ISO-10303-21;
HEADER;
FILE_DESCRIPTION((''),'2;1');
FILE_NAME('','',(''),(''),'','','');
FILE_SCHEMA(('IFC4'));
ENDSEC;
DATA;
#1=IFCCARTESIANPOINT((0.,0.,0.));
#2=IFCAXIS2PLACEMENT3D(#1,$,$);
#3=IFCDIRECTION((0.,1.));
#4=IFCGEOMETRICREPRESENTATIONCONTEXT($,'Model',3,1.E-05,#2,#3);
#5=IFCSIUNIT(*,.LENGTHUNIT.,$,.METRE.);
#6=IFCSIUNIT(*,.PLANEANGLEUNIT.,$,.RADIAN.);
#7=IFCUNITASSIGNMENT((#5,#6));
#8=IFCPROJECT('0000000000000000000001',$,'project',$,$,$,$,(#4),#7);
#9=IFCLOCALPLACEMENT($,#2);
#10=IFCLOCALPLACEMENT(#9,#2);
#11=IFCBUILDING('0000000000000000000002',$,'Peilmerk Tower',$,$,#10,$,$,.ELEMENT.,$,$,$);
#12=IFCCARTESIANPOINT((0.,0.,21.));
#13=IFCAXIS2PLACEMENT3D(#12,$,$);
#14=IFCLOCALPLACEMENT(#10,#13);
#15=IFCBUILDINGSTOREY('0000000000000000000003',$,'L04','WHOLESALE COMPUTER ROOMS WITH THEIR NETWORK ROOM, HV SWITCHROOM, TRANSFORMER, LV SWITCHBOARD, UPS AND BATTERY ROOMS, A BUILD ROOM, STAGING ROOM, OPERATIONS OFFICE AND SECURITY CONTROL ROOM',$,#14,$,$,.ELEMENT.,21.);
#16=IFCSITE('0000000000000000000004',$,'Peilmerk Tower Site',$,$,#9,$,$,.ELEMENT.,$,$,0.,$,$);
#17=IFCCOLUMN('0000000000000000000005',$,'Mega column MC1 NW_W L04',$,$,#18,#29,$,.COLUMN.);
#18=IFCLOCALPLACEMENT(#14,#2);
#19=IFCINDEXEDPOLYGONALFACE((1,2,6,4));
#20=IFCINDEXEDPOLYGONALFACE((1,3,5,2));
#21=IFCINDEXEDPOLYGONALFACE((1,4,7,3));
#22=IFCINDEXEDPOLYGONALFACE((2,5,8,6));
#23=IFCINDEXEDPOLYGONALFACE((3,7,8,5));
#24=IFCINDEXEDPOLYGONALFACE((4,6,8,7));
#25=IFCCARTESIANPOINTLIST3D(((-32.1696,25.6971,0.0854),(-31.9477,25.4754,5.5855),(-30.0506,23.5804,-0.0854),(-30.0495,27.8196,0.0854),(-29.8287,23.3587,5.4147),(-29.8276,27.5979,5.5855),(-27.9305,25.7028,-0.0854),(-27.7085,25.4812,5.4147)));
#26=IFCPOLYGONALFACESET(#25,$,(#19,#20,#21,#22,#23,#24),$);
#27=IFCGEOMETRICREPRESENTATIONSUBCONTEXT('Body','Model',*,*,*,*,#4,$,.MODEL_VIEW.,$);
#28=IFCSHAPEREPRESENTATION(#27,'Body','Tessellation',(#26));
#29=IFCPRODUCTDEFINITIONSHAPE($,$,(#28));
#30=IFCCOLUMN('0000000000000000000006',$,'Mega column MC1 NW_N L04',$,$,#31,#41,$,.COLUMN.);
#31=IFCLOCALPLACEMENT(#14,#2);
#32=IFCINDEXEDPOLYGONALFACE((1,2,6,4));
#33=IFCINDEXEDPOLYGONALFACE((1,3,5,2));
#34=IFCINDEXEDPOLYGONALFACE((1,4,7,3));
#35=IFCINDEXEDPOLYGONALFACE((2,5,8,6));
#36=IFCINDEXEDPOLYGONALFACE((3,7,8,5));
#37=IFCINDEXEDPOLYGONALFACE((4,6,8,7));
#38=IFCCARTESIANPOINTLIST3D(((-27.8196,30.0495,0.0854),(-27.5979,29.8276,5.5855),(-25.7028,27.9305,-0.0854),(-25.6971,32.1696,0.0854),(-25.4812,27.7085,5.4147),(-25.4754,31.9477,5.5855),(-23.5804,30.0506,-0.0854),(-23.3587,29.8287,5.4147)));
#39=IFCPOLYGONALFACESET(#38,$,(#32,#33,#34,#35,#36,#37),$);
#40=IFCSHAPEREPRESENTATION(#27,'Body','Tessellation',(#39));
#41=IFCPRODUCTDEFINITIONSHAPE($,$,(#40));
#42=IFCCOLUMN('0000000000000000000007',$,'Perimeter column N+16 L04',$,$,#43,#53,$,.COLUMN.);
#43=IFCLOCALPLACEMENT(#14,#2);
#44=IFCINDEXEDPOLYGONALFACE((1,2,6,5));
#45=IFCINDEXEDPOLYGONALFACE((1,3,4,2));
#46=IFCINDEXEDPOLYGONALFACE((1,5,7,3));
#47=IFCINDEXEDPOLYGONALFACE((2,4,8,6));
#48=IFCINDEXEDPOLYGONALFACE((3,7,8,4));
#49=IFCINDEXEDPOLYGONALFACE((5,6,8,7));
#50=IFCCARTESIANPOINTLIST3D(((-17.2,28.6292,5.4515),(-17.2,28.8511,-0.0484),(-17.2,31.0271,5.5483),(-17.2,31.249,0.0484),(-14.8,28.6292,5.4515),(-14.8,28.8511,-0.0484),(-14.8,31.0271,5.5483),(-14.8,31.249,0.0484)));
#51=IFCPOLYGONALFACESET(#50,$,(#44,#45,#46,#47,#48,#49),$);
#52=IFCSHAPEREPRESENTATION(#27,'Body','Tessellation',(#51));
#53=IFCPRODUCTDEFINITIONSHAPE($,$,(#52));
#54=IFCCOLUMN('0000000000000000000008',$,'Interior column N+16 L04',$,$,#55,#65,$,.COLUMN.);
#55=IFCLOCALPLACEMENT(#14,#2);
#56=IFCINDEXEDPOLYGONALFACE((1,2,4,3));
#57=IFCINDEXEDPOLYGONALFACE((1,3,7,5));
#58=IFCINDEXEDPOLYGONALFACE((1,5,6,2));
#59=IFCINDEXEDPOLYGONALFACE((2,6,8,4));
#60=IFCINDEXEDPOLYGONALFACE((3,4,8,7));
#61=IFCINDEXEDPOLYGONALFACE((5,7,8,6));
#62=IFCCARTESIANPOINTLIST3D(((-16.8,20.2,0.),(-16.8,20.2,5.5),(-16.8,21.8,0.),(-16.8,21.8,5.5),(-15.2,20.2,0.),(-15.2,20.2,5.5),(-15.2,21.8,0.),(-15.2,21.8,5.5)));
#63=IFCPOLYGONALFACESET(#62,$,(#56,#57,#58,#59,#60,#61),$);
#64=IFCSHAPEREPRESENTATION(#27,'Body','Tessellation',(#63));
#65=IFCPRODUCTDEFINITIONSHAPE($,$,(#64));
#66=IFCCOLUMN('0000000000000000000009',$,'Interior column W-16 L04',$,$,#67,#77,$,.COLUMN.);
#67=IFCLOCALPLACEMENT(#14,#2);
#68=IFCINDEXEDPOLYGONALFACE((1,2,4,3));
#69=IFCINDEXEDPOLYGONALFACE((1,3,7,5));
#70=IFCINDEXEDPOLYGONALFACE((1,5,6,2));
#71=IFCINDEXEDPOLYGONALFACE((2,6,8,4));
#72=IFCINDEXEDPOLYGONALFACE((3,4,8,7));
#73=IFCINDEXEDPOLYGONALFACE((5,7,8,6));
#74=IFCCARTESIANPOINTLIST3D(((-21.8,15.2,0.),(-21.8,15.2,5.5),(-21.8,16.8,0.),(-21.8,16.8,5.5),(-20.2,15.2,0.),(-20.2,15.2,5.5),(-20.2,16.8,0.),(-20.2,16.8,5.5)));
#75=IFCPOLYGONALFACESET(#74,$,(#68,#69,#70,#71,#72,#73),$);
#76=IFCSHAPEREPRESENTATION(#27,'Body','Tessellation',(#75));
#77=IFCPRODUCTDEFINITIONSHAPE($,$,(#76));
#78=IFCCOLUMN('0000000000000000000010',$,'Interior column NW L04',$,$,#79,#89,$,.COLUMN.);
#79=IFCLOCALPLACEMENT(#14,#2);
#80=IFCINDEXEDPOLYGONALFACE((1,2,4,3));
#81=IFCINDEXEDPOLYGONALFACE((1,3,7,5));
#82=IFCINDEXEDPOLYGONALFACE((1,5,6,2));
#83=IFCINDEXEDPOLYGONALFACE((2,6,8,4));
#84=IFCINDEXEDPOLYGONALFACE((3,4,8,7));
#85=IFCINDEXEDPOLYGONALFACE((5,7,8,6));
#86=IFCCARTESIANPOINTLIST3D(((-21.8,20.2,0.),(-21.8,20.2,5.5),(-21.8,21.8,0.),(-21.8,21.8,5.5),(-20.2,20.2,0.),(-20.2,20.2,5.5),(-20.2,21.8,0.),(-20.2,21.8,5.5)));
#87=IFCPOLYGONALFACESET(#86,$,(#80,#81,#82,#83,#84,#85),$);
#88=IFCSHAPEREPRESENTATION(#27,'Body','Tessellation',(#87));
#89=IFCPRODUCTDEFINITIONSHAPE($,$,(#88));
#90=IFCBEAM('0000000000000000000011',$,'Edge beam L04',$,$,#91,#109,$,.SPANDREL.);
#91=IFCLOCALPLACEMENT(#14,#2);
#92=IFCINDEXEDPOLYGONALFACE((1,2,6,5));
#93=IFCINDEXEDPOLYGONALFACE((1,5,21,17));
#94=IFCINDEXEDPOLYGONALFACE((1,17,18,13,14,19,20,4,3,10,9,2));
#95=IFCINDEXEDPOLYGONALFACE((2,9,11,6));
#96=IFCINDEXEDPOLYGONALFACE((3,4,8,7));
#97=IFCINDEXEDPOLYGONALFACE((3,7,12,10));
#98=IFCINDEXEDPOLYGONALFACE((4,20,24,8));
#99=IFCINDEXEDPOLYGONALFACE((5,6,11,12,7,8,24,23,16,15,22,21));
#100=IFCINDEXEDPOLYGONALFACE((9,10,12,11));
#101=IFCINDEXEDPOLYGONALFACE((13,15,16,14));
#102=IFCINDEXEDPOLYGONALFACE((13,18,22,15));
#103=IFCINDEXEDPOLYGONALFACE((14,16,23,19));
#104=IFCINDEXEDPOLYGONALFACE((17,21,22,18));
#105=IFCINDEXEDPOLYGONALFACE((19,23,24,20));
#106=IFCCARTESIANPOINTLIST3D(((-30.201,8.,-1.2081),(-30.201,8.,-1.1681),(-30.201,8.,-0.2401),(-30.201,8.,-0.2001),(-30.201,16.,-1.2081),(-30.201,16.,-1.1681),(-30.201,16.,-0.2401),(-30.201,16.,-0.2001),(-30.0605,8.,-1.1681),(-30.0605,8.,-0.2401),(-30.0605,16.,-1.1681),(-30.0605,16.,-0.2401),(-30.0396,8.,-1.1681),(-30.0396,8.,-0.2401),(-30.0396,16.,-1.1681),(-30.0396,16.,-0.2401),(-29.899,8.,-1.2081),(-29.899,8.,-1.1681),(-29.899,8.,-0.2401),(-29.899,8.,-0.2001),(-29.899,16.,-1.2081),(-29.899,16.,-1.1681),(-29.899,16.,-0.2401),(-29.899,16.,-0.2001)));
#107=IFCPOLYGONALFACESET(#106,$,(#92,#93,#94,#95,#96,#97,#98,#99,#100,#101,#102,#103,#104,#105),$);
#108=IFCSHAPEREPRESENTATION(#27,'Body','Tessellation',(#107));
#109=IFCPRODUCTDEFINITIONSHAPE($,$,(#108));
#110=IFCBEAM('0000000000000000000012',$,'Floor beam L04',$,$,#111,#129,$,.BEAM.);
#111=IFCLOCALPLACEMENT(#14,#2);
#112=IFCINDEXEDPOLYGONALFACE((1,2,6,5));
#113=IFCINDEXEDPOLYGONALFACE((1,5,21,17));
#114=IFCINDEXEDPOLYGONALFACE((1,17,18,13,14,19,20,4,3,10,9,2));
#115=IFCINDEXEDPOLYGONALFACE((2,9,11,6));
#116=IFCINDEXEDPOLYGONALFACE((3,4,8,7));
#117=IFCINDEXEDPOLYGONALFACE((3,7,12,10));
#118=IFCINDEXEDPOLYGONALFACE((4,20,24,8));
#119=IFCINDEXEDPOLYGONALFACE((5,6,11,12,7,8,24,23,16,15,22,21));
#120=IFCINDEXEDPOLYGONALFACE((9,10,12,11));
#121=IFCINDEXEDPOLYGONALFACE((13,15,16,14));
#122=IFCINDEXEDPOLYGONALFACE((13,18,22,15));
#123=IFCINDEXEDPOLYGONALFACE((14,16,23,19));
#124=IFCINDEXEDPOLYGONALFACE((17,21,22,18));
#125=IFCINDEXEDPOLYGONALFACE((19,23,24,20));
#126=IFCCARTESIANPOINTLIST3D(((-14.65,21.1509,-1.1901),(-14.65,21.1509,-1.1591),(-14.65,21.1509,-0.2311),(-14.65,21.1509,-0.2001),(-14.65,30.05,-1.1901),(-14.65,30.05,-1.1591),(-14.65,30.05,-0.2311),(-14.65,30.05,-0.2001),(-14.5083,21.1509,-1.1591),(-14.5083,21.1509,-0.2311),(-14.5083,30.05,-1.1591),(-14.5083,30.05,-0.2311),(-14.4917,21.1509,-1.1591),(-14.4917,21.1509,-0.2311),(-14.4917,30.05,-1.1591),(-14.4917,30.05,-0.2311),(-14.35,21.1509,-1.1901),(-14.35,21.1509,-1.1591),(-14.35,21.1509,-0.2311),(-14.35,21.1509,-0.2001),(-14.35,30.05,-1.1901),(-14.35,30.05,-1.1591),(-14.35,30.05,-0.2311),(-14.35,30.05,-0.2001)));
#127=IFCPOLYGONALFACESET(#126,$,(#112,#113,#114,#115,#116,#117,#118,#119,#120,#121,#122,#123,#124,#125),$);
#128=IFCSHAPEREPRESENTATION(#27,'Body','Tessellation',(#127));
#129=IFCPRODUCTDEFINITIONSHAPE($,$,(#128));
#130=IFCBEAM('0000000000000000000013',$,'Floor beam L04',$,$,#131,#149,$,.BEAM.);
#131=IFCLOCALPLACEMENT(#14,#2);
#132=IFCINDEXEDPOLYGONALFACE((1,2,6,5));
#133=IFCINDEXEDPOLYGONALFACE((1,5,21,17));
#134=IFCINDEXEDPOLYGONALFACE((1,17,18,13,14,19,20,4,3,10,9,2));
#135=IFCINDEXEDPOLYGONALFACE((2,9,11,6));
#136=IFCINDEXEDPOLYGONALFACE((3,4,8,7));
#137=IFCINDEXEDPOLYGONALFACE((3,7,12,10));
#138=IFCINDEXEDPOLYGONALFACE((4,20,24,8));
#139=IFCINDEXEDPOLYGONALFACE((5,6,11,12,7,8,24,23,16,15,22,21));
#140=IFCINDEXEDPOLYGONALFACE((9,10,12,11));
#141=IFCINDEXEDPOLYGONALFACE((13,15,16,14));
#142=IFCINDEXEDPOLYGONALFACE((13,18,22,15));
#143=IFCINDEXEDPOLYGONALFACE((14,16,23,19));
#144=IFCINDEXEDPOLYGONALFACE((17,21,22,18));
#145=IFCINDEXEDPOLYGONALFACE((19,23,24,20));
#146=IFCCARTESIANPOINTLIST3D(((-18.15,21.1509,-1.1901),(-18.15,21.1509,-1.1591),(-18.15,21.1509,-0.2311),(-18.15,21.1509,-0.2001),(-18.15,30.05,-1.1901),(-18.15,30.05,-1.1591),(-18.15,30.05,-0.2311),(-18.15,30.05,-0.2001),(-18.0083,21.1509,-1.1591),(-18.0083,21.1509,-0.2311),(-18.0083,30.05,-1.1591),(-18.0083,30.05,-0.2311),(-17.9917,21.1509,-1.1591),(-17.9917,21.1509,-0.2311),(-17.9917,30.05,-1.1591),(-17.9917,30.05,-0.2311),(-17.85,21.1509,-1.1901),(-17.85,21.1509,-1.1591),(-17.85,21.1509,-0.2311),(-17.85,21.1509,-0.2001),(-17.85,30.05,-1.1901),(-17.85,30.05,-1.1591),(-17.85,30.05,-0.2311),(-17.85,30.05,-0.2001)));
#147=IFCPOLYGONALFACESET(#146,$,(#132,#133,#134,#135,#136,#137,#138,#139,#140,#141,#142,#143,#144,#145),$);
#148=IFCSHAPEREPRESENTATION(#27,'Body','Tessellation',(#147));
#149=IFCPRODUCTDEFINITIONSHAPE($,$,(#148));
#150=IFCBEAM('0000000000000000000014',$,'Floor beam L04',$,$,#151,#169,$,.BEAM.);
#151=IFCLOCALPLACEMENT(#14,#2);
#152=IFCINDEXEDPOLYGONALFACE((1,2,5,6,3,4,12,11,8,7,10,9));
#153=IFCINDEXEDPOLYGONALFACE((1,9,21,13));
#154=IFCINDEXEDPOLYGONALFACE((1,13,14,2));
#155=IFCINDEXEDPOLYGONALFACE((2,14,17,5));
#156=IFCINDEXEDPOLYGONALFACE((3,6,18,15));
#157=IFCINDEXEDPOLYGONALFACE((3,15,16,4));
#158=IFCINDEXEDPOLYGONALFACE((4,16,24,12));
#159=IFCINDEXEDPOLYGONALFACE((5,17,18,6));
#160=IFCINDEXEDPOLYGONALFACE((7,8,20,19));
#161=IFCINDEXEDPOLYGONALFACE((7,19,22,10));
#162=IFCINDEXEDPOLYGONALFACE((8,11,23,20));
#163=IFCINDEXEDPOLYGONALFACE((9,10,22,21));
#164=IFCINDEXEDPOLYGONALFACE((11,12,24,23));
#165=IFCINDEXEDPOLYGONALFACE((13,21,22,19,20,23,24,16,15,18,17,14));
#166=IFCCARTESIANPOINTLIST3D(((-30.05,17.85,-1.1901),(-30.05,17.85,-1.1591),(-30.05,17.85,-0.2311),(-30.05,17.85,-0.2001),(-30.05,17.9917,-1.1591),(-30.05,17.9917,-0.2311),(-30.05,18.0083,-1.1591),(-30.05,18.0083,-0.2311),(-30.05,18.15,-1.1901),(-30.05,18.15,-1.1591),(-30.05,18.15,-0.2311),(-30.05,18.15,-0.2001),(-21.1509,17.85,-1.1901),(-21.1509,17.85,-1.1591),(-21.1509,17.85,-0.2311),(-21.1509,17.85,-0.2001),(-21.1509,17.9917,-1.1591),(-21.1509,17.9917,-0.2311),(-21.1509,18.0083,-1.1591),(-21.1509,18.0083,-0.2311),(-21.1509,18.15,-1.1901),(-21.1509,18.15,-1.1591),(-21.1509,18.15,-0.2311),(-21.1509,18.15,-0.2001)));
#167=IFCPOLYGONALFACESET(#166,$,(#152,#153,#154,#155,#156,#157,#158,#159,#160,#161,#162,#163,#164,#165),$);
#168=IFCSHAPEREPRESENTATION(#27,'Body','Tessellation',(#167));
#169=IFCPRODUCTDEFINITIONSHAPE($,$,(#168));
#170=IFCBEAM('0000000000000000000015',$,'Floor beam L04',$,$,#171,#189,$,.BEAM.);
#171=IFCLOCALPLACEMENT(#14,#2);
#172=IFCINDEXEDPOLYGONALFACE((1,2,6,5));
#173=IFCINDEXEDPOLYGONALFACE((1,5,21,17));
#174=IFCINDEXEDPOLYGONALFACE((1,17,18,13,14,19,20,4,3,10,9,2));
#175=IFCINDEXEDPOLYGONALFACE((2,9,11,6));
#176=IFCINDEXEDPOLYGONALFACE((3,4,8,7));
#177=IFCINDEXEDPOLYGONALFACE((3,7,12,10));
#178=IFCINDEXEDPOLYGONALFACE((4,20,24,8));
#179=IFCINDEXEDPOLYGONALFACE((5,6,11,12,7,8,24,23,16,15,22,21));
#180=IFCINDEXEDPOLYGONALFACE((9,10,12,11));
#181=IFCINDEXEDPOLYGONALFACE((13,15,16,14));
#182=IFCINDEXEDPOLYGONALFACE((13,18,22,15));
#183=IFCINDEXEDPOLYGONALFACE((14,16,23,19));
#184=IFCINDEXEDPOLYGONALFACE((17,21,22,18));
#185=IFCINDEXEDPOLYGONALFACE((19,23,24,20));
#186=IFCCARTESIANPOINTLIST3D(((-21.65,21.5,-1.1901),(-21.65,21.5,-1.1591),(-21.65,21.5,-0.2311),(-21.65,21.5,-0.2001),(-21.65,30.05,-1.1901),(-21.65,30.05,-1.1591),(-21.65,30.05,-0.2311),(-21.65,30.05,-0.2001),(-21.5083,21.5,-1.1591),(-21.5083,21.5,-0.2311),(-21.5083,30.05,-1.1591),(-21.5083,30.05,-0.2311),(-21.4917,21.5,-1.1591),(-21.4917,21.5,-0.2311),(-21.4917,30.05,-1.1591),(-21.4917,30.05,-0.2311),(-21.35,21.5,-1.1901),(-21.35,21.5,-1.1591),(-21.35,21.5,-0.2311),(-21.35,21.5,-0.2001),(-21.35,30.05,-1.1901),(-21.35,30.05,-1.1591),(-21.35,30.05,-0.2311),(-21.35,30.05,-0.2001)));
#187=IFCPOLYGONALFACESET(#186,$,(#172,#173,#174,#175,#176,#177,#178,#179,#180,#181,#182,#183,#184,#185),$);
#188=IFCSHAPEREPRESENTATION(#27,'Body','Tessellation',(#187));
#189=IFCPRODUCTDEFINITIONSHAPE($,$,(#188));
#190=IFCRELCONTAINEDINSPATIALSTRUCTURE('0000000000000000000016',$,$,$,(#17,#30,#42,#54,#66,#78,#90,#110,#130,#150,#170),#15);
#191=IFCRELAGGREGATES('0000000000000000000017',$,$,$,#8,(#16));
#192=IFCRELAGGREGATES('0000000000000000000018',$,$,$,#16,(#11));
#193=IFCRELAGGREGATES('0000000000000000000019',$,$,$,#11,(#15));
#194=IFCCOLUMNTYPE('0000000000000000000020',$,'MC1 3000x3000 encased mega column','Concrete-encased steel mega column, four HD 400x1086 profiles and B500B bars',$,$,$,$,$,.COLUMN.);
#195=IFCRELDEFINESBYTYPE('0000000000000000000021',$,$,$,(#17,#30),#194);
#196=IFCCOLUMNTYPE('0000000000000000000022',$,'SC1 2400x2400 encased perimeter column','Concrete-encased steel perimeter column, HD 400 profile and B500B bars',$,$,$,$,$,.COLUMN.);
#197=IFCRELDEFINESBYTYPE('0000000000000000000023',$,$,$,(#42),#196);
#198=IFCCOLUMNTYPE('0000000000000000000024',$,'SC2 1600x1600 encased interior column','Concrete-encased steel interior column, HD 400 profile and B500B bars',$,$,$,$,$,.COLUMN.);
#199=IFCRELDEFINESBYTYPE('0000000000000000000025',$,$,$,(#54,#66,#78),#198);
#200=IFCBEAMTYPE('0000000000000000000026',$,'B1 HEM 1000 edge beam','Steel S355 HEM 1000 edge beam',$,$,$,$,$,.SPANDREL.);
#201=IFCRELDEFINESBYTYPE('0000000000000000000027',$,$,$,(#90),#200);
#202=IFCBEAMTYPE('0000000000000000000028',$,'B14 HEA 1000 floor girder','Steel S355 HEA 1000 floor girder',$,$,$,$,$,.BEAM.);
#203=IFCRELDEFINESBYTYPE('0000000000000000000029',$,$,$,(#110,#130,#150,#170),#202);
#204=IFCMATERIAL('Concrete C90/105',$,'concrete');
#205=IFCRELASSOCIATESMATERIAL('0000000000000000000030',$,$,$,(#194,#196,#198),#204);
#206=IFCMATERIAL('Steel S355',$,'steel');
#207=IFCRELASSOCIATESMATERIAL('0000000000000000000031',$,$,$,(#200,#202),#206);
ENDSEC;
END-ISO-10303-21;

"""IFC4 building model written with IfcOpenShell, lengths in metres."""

from ifc_helpers import new_model, si_unit, direction, frame, origin, origin_2d, place, context, subcontext, project, spatial, rectangle, i_section, extrude, material, material_profile, profile_set, type_object, element, save


model = new_model("IFC4")

# Units and contexts
model_context = context("Model", 3, precision=1e-05, world=origin(), true_north=direction((0.0, 1.0)))
body_context = subcontext(model_context, "Body", "Model", "MODEL_VIEW")
ifc_project = project(units=[si_unit("LENGTHUNIT", "METRE"), si_unit("PLANEANGLEUNIT", "RADIAN")], contexts=[model_context])

# Site, building, storey
site_placement = place(None, origin())
site = spatial("IfcSite", under=ifc_project, at=site_placement, Name="Peilmerk Tower Site", CompositionType="ELEMENT", RefElevation=0.0)
building_placement = place(site_placement, origin())
building = spatial("IfcBuilding", under=site, at=building_placement, Name="Peilmerk Tower", CompositionType="ELEMENT")
storey_placement = place(building_placement, frame((0.0, 0.0, 21.0)))
storey = spatial("IfcBuildingStorey", under=building, at=storey_placement, Name="L04", Description="WHOLESALE COMPUTER ROOMS WITH THEIR NETWORK ROOM, HV SWITCHROOM, TRANSFORMER, LV SWITCHBOARD, UPS AND BATTERY ROOMS, A BUILD ROOM, STAGING ROOM, OPERATIONS OFFICE AND SECURITY CONTROL ROOM", CompositionType="ELEMENT", Elevation=21.0)

# Columns
ifc_material_1 = material(Name="Concrete C90/105", Category="concrete")
ifc_material_profile_1 = material_profile(ifc_material_1, rectangle(XDim=3.0, YDim=3.0, at=origin_2d()), Name="RC 3000x3000")
ifc_profile_set_1 = profile_set([ifc_material_profile_1], Name="Concrete C90/105")
column_type_1 = type_object("IfcColumnType", Name="MC1 3000x3000 encased mega column", Description="Concrete-encased steel mega column, four HD 400x1086 profiles and B500B bars", PredefinedType="COLUMN", material=ifc_profile_set_1)
for number, where, z_axis, x_axis, name in (
    (1, (-30.05, 25.7, 0.0), (0.040284, -0.04024, 0.998378), (0.706718, 0.707496, 0.0), "Mega column MC1 NW_W L04"),
    (2, (-25.7, 30.05, 0.0), (0.04024, -0.040284, 0.998378), (0.707496, 0.706718, 0.0), "Mega column MC1 NW_N L04"),
):
    element("IfcColumn", number, at=place(storey_placement, frame(where, z_axis=z_axis, x_axis=x_axis)), inside=storey, type_object=column_type_1, Name=name, PredefinedType="COLUMN", context=body_context, shape_type="SweptSolid", body=[
        extrude(rectangle(XDim=3.0, YDim=3.0, at=origin_2d()), origin(), (0.0, 0.0, 1.0), 5.509),
    ])
ifc_material_profile_2 = material_profile(ifc_material_1, rectangle(XDim=2.3999, YDim=2.3999, at=origin_2d()), Name="RC 2400x2400")
ifc_profile_set_2 = profile_set([ifc_material_profile_2], Name="Concrete C90/105")
column_type_2 = type_object("IfcColumnType", Name="SC1 2400x2400 encased perimeter column", Description="Concrete-encased steel perimeter column, HD 400 profile and B500B bars", PredefinedType="COLUMN", material=ifc_profile_set_2)
column_placement = place(storey_placement, frame((-16.0, 30.05, 0.0), z_axis=(0.0, -0.040317, 0.999187), x_axis=(1.0, 0.0, 0.0)))
element("IfcColumn", 3, at=column_placement, inside=storey, type_object=column_type_2, Name="Perimeter column N+16 L04", PredefinedType="COLUMN", context=body_context, shape_type="SweptSolid", body=[
    extrude(rectangle(XDim=2.3999, YDim=2.3999, at=origin_2d()), origin(), (0.0, 0.0, 1.0), 5.5044),
])
ifc_material_profile_3 = material_profile(ifc_material_1, rectangle(XDim=1.6001, YDim=1.6001, at=origin_2d()), Name="RC 1600x1600")
ifc_profile_set_3 = profile_set([ifc_material_profile_3], Name="Concrete C90/105")
column_type_3 = type_object("IfcColumnType", Name="SC2 1600x1600 encased interior column", Description="Concrete-encased steel interior column, HD 400 profile and B500B bars", PredefinedType="COLUMN", material=ifc_profile_set_3)
for number, where, z_axis, x_axis, name in (
    (4, (-16.0, 21.0, 0.0), (0.0, 0.0, 1.0), (1.0, 0.0, 0.0), "Interior column N+16 L04"),
    (5, (-21.0, 16.0, 0.0), (0.0, 0.0, 1.0), (1.0, 0.0, 0.0), "Interior column W-16 L04"),
    (6, (-21.0, 21.0, 0.0), (0.0, 0.0, 1.0), (1.0, 0.0, 0.0), "Interior column NW L04"),
):
    element("IfcColumn", number, at=place(storey_placement, frame(where, z_axis=z_axis, x_axis=x_axis)), inside=storey, type_object=column_type_3, Name=name, PredefinedType="COLUMN", context=body_context, shape_type="SweptSolid", body=[
        extrude(rectangle(XDim=1.6001, YDim=1.6001, at=origin_2d()), origin(), (0.0, 0.0, 1.0), 5.5),
    ])

# Beams
ifc_material_2 = material(Name="Steel S355", Category="steel")
ifc_material_profile_4 = material_profile(ifc_material_2, i_section(OverallWidth=0.302, OverallDepth=1.0081, WebThickness=0.021, FlangeThickness=0.04, at=origin_2d()), Name="HEM 1000")
ifc_profile_set_4 = profile_set([ifc_material_profile_4], Name="Steel S355")
beam_type_1 = type_object("IfcBeamType", Name="B1 HEM 1000 edge beam", Description="Steel S355 HEM 1000 edge beam", PredefinedType="SPANDREL", material=ifc_profile_set_4)
beam_1_placement = place(storey_placement, frame((-30.05, 16.0, -0.7041), z_axis=(0.0, -1.0, 0.0), x_axis=(1.0, 0.0, 0.0)))
element("IfcBeam", 7, at=beam_1_placement, inside=storey, type_object=beam_type_1, Name="Edge beam L04", PredefinedType="SPANDREL", context=body_context, shape_type="SweptSolid", body=[
    extrude(i_section(OverallWidth=0.302, OverallDepth=1.0081, WebThickness=0.021, FlangeThickness=0.04, at=origin_2d()), origin(), (0.0, 0.0, 1.0), 8.0),
])
ifc_material_profile_5 = material_profile(ifc_material_2, i_section(OverallWidth=0.3, OverallDepth=0.99, WebThickness=0.0166, FlangeThickness=0.031, at=origin_2d()), Name="HEA 1000")
ifc_profile_set_5 = profile_set([ifc_material_profile_5], Name="Steel S355")
beam_type_2 = type_object("IfcBeamType", Name="B14 HEA 1000 floor girder", Description="Steel S355 HEA 1000 floor girder", PredefinedType="BEAM", material=ifc_profile_set_5)
for number, where, z_axis, x_axis, name in (
    (8, (-14.5, 21.1509, -0.6951), (0.0, 1.0, 0.0), (-1.0, 0.0, 0.0), "Floor beam L04"),
    (9, (-18.0, 21.1509, -0.6951), (0.0, 1.0, 0.0), (-1.0, 0.0, 0.0), "Floor beam L04"),
    (10, (-21.1509, 18.0, -0.6951), (-1.0, 0.0, 0.0), (0.0, -1.0, 0.0), "Floor beam L04"),
):
    element("IfcBeam", number, at=place(storey_placement, frame(where, z_axis=z_axis, x_axis=x_axis)), inside=storey, type_object=beam_type_2, Name=name, PredefinedType="BEAM", context=body_context, shape_type="SweptSolid", body=[
        extrude(i_section(OverallWidth=0.3, OverallDepth=0.99, WebThickness=0.0166, FlangeThickness=0.031, at=origin_2d()), origin(), (0.0, 0.0, 1.0), 8.8992),
    ])
for number, where, z_axis, x_axis, name in (
    (11, (-21.5, 21.5, -0.6951), (0.0, 1.0, 0.0), (-1.0, 0.0, 0.0), "Floor beam L04"),
):
    element("IfcBeam", number, at=place(storey_placement, frame(where, z_axis=z_axis, x_axis=x_axis)), inside=storey, type_object=beam_type_2, Name=name, PredefinedType="BEAM", context=body_context, shape_type="SweptSolid", body=[
        extrude(i_section(OverallWidth=0.3, OverallDepth=0.99, WebThickness=0.0166, FlangeThickness=0.031, at=origin_2d()), origin(), (0.0, 0.0, 1.0), 8.55),
    ])

save(model, "model.ifc")
